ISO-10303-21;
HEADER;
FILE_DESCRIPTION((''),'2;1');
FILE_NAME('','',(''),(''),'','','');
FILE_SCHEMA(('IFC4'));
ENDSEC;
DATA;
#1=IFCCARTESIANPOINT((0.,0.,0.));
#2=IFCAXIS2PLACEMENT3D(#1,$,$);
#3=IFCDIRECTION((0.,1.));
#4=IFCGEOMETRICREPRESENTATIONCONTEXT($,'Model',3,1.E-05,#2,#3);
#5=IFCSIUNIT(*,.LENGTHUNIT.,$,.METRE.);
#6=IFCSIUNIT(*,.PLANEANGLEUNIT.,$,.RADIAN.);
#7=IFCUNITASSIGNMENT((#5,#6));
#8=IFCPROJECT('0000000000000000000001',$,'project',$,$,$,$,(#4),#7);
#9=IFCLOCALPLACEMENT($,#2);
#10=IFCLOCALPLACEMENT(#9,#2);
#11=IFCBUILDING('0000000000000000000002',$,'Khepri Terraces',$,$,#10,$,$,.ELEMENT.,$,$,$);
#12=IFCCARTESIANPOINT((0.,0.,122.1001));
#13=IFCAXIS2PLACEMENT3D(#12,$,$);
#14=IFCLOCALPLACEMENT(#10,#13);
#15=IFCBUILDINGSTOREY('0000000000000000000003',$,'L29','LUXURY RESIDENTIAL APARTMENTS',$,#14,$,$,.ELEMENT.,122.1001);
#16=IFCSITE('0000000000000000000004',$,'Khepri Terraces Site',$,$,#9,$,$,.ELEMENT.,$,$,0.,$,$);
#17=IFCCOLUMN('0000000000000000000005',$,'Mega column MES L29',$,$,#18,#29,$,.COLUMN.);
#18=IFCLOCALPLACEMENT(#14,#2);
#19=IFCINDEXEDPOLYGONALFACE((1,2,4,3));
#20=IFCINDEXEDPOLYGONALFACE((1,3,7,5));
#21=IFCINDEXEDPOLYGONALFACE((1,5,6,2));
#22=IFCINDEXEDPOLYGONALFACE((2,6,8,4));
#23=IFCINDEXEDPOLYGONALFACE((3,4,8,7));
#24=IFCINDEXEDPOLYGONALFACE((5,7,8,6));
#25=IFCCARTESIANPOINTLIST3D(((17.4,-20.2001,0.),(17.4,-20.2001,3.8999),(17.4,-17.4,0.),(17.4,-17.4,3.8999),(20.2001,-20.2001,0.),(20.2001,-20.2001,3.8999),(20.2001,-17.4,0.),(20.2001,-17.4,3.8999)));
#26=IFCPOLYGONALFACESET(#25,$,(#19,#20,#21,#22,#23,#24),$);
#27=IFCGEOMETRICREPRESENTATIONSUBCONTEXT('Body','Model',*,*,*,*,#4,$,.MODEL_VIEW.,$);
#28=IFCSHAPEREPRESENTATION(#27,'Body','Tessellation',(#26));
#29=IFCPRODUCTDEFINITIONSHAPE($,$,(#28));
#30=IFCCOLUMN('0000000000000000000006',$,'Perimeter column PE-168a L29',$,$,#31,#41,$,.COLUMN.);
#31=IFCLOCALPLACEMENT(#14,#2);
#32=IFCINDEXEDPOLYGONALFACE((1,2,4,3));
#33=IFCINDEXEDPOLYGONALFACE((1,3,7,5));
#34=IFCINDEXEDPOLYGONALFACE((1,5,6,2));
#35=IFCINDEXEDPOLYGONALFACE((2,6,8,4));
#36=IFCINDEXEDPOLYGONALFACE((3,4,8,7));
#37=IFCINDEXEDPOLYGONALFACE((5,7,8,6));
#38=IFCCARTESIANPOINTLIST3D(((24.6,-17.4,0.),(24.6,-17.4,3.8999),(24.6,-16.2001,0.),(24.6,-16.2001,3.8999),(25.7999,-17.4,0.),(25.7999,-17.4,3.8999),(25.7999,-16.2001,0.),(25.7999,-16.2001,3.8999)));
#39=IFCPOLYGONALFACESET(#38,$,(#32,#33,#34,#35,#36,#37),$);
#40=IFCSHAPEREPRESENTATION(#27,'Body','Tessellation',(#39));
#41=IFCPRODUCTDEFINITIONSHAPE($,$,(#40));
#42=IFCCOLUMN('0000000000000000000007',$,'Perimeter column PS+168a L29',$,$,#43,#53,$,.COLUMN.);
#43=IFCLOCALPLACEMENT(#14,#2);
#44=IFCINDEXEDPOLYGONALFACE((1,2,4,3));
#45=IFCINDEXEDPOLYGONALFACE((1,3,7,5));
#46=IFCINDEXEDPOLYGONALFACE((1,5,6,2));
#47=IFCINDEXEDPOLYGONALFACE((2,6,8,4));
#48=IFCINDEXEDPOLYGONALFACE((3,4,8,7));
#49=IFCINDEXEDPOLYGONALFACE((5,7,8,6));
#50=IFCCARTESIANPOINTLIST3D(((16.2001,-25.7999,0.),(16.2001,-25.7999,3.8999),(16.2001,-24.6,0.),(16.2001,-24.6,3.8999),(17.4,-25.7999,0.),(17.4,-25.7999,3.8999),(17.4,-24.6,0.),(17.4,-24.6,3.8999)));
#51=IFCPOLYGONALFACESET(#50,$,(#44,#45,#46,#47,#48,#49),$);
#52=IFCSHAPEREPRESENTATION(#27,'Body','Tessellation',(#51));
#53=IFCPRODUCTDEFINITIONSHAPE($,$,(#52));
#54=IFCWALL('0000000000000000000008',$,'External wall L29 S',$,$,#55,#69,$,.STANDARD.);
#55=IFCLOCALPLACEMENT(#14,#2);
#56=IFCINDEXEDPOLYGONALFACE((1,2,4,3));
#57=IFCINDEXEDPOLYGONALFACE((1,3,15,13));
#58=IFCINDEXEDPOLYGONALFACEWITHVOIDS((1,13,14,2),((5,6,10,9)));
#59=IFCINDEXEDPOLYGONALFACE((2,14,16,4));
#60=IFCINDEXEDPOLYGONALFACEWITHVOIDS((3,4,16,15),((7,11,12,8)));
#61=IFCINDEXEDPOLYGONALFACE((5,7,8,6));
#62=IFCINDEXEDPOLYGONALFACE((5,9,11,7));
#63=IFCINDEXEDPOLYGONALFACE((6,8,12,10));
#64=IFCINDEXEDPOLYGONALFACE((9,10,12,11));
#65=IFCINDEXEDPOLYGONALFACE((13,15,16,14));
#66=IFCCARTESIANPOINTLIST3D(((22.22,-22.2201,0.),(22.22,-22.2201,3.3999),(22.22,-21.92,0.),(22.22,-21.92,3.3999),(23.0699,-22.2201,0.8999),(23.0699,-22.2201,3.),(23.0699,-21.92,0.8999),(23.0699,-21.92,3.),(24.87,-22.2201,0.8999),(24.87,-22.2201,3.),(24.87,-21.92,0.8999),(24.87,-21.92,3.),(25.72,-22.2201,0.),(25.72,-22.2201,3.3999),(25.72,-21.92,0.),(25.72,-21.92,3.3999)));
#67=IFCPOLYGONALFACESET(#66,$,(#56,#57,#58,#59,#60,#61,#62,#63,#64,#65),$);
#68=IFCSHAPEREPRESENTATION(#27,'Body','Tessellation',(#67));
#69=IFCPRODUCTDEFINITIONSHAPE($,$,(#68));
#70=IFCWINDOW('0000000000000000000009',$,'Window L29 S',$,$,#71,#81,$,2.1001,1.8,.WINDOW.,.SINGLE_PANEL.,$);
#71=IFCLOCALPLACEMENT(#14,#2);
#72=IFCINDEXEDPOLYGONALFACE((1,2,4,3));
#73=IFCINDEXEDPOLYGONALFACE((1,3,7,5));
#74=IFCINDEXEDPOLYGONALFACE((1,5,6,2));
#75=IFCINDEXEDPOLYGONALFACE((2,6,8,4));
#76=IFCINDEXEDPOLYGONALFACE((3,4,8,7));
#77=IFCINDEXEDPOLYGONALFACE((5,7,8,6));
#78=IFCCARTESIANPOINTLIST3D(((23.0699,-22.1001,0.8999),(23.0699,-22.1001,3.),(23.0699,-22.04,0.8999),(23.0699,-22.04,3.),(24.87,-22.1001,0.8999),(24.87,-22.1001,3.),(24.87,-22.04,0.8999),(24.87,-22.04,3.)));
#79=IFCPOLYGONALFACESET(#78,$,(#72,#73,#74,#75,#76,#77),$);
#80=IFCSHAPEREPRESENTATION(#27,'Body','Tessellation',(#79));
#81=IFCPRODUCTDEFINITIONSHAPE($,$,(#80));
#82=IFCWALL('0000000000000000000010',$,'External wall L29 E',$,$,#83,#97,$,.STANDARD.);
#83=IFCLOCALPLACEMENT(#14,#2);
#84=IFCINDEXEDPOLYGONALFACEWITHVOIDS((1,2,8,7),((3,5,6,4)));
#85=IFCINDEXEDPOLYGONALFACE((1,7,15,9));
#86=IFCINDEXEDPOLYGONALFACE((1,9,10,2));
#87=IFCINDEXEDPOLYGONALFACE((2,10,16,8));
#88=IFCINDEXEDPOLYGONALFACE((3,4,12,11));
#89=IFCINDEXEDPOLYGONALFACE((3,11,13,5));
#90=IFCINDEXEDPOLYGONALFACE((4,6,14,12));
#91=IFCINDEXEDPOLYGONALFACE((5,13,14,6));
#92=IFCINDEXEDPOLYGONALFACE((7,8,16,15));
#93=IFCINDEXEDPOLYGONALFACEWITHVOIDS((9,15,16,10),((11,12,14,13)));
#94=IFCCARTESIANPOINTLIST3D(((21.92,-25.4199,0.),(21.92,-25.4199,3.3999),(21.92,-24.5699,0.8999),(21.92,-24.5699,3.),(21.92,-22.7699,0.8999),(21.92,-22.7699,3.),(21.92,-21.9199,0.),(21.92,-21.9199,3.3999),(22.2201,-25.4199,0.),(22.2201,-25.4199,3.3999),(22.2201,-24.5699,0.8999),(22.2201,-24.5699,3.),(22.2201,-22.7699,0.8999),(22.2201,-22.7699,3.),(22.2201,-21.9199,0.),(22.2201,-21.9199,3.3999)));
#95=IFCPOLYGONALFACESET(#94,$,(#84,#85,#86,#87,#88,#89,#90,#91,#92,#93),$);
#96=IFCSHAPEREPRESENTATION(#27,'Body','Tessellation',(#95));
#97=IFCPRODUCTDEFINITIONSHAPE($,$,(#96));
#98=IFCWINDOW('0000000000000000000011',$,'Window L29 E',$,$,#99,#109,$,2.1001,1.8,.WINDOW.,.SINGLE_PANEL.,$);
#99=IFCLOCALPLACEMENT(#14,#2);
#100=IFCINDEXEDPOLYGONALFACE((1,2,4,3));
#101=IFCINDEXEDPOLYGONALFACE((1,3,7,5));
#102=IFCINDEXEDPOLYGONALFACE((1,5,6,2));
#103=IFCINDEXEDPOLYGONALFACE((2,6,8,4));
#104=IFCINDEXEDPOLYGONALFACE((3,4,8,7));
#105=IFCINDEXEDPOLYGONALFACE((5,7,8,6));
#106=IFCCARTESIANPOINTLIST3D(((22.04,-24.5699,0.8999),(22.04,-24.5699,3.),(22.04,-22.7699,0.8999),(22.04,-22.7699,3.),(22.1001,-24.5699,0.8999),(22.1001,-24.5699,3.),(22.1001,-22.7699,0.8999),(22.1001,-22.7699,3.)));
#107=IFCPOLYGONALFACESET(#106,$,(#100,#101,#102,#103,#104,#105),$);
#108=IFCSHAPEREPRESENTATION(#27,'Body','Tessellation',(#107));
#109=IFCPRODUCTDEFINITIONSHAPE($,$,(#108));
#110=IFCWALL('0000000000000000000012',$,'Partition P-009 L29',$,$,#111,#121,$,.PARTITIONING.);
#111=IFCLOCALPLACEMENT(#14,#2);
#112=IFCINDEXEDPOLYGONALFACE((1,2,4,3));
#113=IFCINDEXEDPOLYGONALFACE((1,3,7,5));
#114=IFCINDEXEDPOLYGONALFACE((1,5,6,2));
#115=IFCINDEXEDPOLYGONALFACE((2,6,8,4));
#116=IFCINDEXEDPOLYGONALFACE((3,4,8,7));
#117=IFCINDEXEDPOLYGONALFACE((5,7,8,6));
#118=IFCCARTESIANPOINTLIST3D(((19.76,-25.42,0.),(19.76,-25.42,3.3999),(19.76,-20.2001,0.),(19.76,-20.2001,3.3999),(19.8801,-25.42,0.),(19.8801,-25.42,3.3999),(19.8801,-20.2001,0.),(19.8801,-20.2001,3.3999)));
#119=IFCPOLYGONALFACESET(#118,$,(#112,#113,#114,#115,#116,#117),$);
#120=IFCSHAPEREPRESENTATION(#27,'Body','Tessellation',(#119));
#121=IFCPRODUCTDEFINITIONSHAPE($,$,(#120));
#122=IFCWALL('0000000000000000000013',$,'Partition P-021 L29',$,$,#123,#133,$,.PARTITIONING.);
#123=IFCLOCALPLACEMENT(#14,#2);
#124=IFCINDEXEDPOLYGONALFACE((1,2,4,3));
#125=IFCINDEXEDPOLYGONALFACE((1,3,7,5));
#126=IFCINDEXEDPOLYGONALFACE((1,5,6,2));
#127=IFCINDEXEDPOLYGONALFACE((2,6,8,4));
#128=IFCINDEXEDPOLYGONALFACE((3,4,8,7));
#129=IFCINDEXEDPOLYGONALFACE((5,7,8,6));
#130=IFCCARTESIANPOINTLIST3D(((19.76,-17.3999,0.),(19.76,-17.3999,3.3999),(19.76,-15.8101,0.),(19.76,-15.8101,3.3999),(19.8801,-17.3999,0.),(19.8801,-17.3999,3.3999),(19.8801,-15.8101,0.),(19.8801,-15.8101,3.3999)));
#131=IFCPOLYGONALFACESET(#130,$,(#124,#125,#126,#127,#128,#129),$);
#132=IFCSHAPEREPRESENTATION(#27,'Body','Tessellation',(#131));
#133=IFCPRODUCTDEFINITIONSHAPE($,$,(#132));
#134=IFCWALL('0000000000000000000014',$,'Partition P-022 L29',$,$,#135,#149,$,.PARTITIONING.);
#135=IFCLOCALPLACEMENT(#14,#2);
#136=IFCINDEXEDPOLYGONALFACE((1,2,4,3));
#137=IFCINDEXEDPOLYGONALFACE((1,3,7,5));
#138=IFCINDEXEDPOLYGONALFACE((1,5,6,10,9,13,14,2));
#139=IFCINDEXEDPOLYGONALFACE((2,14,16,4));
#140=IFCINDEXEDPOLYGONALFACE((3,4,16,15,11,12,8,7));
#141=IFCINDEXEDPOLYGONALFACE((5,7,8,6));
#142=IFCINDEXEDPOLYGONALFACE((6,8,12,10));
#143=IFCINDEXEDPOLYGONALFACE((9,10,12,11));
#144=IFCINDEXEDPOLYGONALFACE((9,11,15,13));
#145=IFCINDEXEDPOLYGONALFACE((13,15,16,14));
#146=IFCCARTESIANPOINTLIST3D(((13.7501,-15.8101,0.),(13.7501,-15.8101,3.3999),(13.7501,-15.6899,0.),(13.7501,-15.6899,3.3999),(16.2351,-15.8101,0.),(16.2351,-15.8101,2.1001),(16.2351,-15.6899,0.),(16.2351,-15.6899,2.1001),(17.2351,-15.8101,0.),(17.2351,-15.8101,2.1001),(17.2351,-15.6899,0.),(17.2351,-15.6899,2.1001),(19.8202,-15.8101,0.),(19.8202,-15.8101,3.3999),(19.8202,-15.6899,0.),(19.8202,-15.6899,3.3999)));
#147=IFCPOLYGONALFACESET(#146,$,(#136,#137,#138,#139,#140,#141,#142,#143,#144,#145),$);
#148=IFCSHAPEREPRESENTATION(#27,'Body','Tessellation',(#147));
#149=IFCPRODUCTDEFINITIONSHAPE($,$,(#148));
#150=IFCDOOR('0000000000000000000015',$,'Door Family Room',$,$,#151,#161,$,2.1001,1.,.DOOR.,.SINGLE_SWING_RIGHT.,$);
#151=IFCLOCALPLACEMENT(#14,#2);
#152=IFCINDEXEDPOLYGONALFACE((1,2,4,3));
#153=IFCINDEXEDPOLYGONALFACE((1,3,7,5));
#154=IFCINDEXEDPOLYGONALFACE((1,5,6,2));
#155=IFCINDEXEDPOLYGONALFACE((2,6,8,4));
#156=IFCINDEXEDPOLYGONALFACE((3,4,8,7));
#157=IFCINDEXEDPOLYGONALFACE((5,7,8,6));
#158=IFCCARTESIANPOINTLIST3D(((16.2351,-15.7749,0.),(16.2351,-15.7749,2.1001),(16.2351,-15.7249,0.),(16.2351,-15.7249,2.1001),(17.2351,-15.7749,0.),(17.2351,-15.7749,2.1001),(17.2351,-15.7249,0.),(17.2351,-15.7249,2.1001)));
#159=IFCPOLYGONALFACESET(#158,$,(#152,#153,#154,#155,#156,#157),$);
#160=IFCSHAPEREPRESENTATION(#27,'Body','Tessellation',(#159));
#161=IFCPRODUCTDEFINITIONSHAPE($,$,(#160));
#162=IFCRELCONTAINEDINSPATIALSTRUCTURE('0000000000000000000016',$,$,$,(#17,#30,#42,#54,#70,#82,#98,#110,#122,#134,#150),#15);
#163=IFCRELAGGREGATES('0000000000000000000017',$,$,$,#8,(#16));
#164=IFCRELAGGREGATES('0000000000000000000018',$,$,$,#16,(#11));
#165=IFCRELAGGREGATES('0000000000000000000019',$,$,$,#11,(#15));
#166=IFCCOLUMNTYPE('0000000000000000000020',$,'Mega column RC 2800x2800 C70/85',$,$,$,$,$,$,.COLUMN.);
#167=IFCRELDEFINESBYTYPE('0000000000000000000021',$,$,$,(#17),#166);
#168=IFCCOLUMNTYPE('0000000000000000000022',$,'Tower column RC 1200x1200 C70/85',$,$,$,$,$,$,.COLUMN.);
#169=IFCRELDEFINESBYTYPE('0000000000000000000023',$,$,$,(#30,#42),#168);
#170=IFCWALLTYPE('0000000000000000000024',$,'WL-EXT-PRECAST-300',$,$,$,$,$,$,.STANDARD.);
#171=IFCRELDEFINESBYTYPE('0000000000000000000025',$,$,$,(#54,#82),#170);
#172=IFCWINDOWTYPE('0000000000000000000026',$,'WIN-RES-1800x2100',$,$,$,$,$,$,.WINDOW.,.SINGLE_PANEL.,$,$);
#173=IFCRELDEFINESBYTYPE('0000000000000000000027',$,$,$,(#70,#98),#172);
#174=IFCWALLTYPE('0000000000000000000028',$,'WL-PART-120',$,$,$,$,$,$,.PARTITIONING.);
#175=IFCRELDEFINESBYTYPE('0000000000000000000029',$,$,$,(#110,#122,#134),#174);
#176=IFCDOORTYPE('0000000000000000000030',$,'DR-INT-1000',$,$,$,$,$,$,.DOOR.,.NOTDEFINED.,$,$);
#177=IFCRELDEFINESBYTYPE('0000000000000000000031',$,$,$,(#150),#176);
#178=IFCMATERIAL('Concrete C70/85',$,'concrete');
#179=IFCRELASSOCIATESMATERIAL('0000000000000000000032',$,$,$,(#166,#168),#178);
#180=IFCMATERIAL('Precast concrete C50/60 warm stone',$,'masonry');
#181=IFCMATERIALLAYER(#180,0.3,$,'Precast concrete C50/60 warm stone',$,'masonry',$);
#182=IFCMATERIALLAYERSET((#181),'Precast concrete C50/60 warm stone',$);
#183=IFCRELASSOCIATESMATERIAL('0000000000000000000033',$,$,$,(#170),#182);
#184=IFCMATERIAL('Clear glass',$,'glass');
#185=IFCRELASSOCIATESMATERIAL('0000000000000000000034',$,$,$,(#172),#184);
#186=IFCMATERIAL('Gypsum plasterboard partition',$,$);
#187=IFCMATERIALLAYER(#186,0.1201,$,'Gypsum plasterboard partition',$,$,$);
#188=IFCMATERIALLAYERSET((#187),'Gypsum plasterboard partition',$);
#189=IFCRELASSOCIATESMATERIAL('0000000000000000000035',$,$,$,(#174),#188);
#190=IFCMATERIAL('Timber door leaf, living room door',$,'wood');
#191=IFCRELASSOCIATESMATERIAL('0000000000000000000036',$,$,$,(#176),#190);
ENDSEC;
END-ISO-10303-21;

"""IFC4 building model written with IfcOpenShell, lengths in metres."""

from ifc_helpers import new_model, si_unit, direction, frame, frame_2d, origin, origin_2d, place, context, subcontext, project, spatial, rectangle, extrude, material, layer, layer_set, material_profile, profile_set, type_object, element, fill, save


model = new_model("IFC4")

# Units and contexts
model_context = context("Model", 3, precision=1e-05, world=origin(), true_north=direction((0.0, 1.0)))
body_context = subcontext(model_context, "Body", "Model", "MODEL_VIEW")
ifc_project = project(units=[si_unit("LENGTHUNIT", "METRE"), si_unit("PLANEANGLEUNIT", "RADIAN")], contexts=[model_context])

# Site, building, storey
site_placement = place(None, origin())
site = spatial("IfcSite", under=ifc_project, at=site_placement, Name="Khepri Terraces Site", CompositionType="ELEMENT", RefElevation=0.0)
building_placement = place(site_placement, origin())
building = spatial("IfcBuilding", under=site, at=building_placement, Name="Khepri Terraces", CompositionType="ELEMENT")
storey_placement = place(building_placement, frame((0.0, 0.0, 122.1001)))
storey = spatial("IfcBuildingStorey", under=building, at=storey_placement, Name="L29", Description="LUXURY RESIDENTIAL APARTMENTS", CompositionType="ELEMENT", Elevation=122.1001)

# Columns
ifc_material_1 = material(Name="Concrete C70/85", Category="concrete")
ifc_material_profile_1 = material_profile(ifc_material_1, rectangle(XDim=2.8, YDim=2.8, at=origin_2d()), Name="Concrete C70/85", Category="concrete")
ifc_profile_set_1 = profile_set([ifc_material_profile_1], Name="Concrete C70/85")
column_type_1 = type_object("IfcColumnType", Name="Mega column RC 2800x2800 C70/85", PredefinedType="COLUMN", material=ifc_profile_set_1)
column_placement = place(storey_placement, frame((18.8, -18.8, 0.0), z_axis=(0.0, 0.0, 1.0), x_axis=(1.0, 0.0, 0.0)))
element("IfcColumn", 1, at=column_placement, inside=storey, type_object=column_type_1, Name="Mega column MES L29", PredefinedType="COLUMN", context=body_context, shape_type="SweptSolid", body=[
    extrude(rectangle(XDim=2.8, YDim=2.8, at=origin_2d()), origin(), (0.0, 0.0, 1.0), 3.8999),
])
ifc_material_profile_2 = material_profile(ifc_material_1, rectangle(XDim=1.2, YDim=1.2, at=origin_2d()), Name="Concrete C70/85", Category="concrete")
ifc_profile_set_2 = profile_set([ifc_material_profile_2], Name="Concrete C70/85")
column_type_2 = type_object("IfcColumnType", Name="Tower column RC 1200x1200 C70/85", PredefinedType="COLUMN", material=ifc_profile_set_2)
for number, where, z_axis, x_axis, name in (
    (2, (25.2, -16.8, 0.0), (0.0, 0.0, 1.0), (1.0, 0.0, 0.0), "Perimeter column PE-168a L29"),
    (3, (16.8, -25.2, 0.0), (0.0, 0.0, 1.0), (1.0, 0.0, 0.0), "Perimeter column PS+168a L29"),
):
    element("IfcColumn", number, at=place(storey_placement, frame(where, z_axis=z_axis, x_axis=x_axis)), inside=storey, type_object=column_type_2, Name=name, PredefinedType="COLUMN", context=body_context, shape_type="SweptSolid", body=[
        extrude(rectangle(XDim=1.2, YDim=1.2, at=origin_2d()), origin(), (0.0, 0.0, 1.0), 3.8999),
    ])

# Wall, opening, window
ifc_material_2 = material(Name="Precast concrete C50/60 warm stone", Category="masonry")
ifc_layer_1 = layer(ifc_material_2, 0.3, Name="Precast concrete C50/60 warm stone", Category="masonry")
ifc_layer_set_1 = layer_set([ifc_layer_1], Name="Precast concrete C50/60 warm stone")
wall_type_1 = type_object("IfcWallType", Name="WL-EXT-PRECAST-300", PredefinedType="STANDARD", material=ifc_layer_set_1)
wall_1_placement = place(storey_placement, frame((22.22, -22.0701, 0.0), z_axis=(0.0, 0.0, 1.0), x_axis=(1.0, 0.0, 0.0)))
wall_1 = element("IfcWall", 4, at=wall_1_placement, inside=storey, type_object=wall_type_1, Name="External wall L29 S", PredefinedType="STANDARD", context=body_context, shape_type="SweptSolid", body=[
    extrude(rectangle(XDim=3.5, YDim=0.3, at=frame_2d((1.75, 0.0))), origin(), (0.0, 0.0, 1.0), 3.3999),
])
opening_1_placement = place(wall_1_placement, frame((0.8501, 0.0, 0.8999)))
opening_1 = element("IfcOpeningElement", 5, at=opening_1_placement, cuts=wall_1, PredefinedType="OPENING", context=body_context, shape_type="SweptSolid", body=[
    extrude(rectangle(XDim=1.8, YDim=2.1001, at=frame_2d((0.8999, 1.05))), frame((0.0, 0.1602, 0.0), z_axis=(0.0, -1.0, 0.0), x_axis=(1.0, 0.0, 0.0)), (0.0, 0.0, 1.0), 0.3201),
])
ifc_material_3 = material(Name="Clear glass", Category="glass")
window_type = type_object("IfcWindowType", Name="WIN-RES-1800x2100", PartitioningType="SINGLE_PANEL", PredefinedType="WINDOW", material=ifc_material_3)
window_1_placement = place(opening_1_placement, origin())
window_1 = element("IfcWindow", 6, at=window_1_placement, inside=storey, type_object=window_type, Name="Window L29 S", OverallHeight=2.1001, OverallWidth=1.8, PartitioningType="SINGLE_PANEL", PredefinedType="WINDOW", context=body_context, shape_type="SweptSolid", body=[
    extrude(rectangle(XDim=1.8, YDim=2.1001, at=frame_2d((0.8999, 1.05))), frame((0.0, 0.03, 0.0), z_axis=(0.0, -1.0, 0.0), x_axis=(1.0, 0.0, 0.0)), (0.0, 0.0, 1.0), 0.0601),
])
fill(opening_1, window_1)

# Wall, opening, window
wall_2_placement = place(storey_placement, frame((22.0701, -25.4199, 0.0), z_axis=(0.0, 0.0, 1.0), x_axis=(0.0, 1.0, 0.0)))
wall_2 = element("IfcWall", 7, at=wall_2_placement, inside=storey, type_object=wall_type_1, Name="External wall L29 E", PredefinedType="STANDARD", context=body_context, shape_type="SweptSolid", body=[
    extrude(rectangle(XDim=3.5, YDim=0.3, at=frame_2d((1.75, 0.0))), origin(), (0.0, 0.0, 1.0), 3.3999),
])
opening_2_placement = place(wall_2_placement, frame((0.8501, 0.0, 0.8999)))
opening_2 = element("IfcOpeningElement", 8, at=opening_2_placement, cuts=wall_2, PredefinedType="OPENING", context=body_context, shape_type="SweptSolid", body=[
    extrude(rectangle(XDim=1.8, YDim=2.1001, at=frame_2d((0.8999, 1.05))), frame((0.0, 0.1602, 0.0), z_axis=(0.0, -1.0, 0.0), x_axis=(1.0, 0.0, 0.0)), (0.0, 0.0, 1.0), 0.3201),
])
window_2_placement = place(opening_2_placement, origin())
window_2 = element("IfcWindow", 9, at=window_2_placement, inside=storey, type_object=window_type, Name="Window L29 E", OverallHeight=2.1001, OverallWidth=1.8, PartitioningType="SINGLE_PANEL", PredefinedType="WINDOW", context=body_context, shape_type="SweptSolid", body=[
    extrude(rectangle(XDim=1.8, YDim=2.1001, at=frame_2d((0.8999, 1.05))), frame((0.0, 0.03, 0.0), z_axis=(0.0, -1.0, 0.0), x_axis=(1.0, 0.0, 0.0)), (0.0, 0.0, 1.0), 0.0601),
])
fill(opening_2, window_2)

# Walls
ifc_material_4 = material(Name="Gypsum plasterboard partition")
ifc_layer_2 = layer(ifc_material_4, 0.1201, Name="Gypsum plasterboard partition")
ifc_layer_set_2 = layer_set([ifc_layer_2], Name="Gypsum plasterboard partition")
wall_type_2 = type_object("IfcWallType", Name="WL-PART-120", PredefinedType="PARTITIONING", material=ifc_layer_set_2)
wall_3_placement = place(storey_placement, frame((19.8201, -25.4199, 0.0), z_axis=(0.0, 0.0, 1.0), x_axis=(0.0, 1.0, 0.0)))
element("IfcWall", 10, at=wall_3_placement, inside=storey, type_object=wall_type_2, Name="Partition P-009 L29", PredefinedType="PARTITIONING", context=body_context, shape_type="SweptSolid", body=[
    extrude(rectangle(XDim=5.22, YDim=0.1201, at=frame_2d((2.6099, 0.0))), origin(), (0.0, 0.0, 1.0), 3.3999),
])
wall_4_placement = place(storey_placement, frame((19.8201, -17.3999, 0.0), z_axis=(0.0, 0.0, 1.0), x_axis=(0.0, 1.0, 0.0)))
element("IfcWall", 11, at=wall_4_placement, inside=storey, type_object=wall_type_2, Name="Partition P-021 L29", PredefinedType="PARTITIONING", context=body_context, shape_type="SweptSolid", body=[
    extrude(rectangle(XDim=1.5898, YDim=0.1201, at=frame_2d((0.7949, 0.0))), origin(), (0.0, 0.0, 1.0), 3.3999),
])

# Wall, opening, door
wall_5_placement = place(storey_placement, frame((13.75, -15.75, 0.0), z_axis=(0.0, 0.0, 1.0), x_axis=(1.0, 0.0, 0.0)))
wall_5 = element("IfcWall", 12, at=wall_5_placement, inside=storey, type_object=wall_type_2, Name="Partition P-022 L29", PredefinedType="PARTITIONING", context=body_context, shape_type="SweptSolid", body=[
    extrude(rectangle(XDim=6.0701, YDim=0.1201, at=frame_2d((3.0352, 0.0))), origin(), (0.0, 0.0, 1.0), 3.3999),
])
opening_3_placement = place(wall_5_placement, frame((2.4851, 0.0, 0.0)))
opening_3 = element("IfcOpeningElement", 13, at=opening_3_placement, cuts=wall_5, PredefinedType="OPENING", context=body_context, shape_type="SweptSolid", body=[
    extrude(rectangle(XDim=1.0, YDim=2.1001, at=frame_2d((0.5, 1.05))), frame((0.0, 0.0701, 0.0), z_axis=(0.0, -1.0, 0.0), x_axis=(1.0, 0.0, 0.0)), (0.0, 0.0, 1.0), 0.1401),
])
ifc_material_5 = material(Name="Timber door leaf, living room door", Category="wood")
door_type_1 = type_object("IfcDoorType", Name="DR-INT-1000", OperationType="NOTDEFINED", PredefinedType="DOOR", material=ifc_material_5)
door_1_placement = place(opening_3_placement, frame((1.0, 0.0, 0.0), z_axis=(0.0, 0.0, 1.0), x_axis=(-1.0, 0.0, 0.0)))
door_1 = element("IfcDoor", 14, at=door_1_placement, inside=storey, type_object=door_type_1, Name="Door Family Room", OperationType="SINGLE_SWING_RIGHT", OverallHeight=2.1001, OverallWidth=1.0, PredefinedType="DOOR", context=body_context, shape_type="SweptSolid", body=[
    extrude(rectangle(XDim=1.0, YDim=2.1001, at=frame_2d((0.5, 1.05))), frame((0.0, 0.0249, 0.0), z_axis=(0.0, -1.0, 0.0), x_axis=(1.0, 0.0, 0.0)), (0.0, 0.0, 1.0), 0.05),
])
fill(opening_3, door_1)

save(model, "model.ifc")
